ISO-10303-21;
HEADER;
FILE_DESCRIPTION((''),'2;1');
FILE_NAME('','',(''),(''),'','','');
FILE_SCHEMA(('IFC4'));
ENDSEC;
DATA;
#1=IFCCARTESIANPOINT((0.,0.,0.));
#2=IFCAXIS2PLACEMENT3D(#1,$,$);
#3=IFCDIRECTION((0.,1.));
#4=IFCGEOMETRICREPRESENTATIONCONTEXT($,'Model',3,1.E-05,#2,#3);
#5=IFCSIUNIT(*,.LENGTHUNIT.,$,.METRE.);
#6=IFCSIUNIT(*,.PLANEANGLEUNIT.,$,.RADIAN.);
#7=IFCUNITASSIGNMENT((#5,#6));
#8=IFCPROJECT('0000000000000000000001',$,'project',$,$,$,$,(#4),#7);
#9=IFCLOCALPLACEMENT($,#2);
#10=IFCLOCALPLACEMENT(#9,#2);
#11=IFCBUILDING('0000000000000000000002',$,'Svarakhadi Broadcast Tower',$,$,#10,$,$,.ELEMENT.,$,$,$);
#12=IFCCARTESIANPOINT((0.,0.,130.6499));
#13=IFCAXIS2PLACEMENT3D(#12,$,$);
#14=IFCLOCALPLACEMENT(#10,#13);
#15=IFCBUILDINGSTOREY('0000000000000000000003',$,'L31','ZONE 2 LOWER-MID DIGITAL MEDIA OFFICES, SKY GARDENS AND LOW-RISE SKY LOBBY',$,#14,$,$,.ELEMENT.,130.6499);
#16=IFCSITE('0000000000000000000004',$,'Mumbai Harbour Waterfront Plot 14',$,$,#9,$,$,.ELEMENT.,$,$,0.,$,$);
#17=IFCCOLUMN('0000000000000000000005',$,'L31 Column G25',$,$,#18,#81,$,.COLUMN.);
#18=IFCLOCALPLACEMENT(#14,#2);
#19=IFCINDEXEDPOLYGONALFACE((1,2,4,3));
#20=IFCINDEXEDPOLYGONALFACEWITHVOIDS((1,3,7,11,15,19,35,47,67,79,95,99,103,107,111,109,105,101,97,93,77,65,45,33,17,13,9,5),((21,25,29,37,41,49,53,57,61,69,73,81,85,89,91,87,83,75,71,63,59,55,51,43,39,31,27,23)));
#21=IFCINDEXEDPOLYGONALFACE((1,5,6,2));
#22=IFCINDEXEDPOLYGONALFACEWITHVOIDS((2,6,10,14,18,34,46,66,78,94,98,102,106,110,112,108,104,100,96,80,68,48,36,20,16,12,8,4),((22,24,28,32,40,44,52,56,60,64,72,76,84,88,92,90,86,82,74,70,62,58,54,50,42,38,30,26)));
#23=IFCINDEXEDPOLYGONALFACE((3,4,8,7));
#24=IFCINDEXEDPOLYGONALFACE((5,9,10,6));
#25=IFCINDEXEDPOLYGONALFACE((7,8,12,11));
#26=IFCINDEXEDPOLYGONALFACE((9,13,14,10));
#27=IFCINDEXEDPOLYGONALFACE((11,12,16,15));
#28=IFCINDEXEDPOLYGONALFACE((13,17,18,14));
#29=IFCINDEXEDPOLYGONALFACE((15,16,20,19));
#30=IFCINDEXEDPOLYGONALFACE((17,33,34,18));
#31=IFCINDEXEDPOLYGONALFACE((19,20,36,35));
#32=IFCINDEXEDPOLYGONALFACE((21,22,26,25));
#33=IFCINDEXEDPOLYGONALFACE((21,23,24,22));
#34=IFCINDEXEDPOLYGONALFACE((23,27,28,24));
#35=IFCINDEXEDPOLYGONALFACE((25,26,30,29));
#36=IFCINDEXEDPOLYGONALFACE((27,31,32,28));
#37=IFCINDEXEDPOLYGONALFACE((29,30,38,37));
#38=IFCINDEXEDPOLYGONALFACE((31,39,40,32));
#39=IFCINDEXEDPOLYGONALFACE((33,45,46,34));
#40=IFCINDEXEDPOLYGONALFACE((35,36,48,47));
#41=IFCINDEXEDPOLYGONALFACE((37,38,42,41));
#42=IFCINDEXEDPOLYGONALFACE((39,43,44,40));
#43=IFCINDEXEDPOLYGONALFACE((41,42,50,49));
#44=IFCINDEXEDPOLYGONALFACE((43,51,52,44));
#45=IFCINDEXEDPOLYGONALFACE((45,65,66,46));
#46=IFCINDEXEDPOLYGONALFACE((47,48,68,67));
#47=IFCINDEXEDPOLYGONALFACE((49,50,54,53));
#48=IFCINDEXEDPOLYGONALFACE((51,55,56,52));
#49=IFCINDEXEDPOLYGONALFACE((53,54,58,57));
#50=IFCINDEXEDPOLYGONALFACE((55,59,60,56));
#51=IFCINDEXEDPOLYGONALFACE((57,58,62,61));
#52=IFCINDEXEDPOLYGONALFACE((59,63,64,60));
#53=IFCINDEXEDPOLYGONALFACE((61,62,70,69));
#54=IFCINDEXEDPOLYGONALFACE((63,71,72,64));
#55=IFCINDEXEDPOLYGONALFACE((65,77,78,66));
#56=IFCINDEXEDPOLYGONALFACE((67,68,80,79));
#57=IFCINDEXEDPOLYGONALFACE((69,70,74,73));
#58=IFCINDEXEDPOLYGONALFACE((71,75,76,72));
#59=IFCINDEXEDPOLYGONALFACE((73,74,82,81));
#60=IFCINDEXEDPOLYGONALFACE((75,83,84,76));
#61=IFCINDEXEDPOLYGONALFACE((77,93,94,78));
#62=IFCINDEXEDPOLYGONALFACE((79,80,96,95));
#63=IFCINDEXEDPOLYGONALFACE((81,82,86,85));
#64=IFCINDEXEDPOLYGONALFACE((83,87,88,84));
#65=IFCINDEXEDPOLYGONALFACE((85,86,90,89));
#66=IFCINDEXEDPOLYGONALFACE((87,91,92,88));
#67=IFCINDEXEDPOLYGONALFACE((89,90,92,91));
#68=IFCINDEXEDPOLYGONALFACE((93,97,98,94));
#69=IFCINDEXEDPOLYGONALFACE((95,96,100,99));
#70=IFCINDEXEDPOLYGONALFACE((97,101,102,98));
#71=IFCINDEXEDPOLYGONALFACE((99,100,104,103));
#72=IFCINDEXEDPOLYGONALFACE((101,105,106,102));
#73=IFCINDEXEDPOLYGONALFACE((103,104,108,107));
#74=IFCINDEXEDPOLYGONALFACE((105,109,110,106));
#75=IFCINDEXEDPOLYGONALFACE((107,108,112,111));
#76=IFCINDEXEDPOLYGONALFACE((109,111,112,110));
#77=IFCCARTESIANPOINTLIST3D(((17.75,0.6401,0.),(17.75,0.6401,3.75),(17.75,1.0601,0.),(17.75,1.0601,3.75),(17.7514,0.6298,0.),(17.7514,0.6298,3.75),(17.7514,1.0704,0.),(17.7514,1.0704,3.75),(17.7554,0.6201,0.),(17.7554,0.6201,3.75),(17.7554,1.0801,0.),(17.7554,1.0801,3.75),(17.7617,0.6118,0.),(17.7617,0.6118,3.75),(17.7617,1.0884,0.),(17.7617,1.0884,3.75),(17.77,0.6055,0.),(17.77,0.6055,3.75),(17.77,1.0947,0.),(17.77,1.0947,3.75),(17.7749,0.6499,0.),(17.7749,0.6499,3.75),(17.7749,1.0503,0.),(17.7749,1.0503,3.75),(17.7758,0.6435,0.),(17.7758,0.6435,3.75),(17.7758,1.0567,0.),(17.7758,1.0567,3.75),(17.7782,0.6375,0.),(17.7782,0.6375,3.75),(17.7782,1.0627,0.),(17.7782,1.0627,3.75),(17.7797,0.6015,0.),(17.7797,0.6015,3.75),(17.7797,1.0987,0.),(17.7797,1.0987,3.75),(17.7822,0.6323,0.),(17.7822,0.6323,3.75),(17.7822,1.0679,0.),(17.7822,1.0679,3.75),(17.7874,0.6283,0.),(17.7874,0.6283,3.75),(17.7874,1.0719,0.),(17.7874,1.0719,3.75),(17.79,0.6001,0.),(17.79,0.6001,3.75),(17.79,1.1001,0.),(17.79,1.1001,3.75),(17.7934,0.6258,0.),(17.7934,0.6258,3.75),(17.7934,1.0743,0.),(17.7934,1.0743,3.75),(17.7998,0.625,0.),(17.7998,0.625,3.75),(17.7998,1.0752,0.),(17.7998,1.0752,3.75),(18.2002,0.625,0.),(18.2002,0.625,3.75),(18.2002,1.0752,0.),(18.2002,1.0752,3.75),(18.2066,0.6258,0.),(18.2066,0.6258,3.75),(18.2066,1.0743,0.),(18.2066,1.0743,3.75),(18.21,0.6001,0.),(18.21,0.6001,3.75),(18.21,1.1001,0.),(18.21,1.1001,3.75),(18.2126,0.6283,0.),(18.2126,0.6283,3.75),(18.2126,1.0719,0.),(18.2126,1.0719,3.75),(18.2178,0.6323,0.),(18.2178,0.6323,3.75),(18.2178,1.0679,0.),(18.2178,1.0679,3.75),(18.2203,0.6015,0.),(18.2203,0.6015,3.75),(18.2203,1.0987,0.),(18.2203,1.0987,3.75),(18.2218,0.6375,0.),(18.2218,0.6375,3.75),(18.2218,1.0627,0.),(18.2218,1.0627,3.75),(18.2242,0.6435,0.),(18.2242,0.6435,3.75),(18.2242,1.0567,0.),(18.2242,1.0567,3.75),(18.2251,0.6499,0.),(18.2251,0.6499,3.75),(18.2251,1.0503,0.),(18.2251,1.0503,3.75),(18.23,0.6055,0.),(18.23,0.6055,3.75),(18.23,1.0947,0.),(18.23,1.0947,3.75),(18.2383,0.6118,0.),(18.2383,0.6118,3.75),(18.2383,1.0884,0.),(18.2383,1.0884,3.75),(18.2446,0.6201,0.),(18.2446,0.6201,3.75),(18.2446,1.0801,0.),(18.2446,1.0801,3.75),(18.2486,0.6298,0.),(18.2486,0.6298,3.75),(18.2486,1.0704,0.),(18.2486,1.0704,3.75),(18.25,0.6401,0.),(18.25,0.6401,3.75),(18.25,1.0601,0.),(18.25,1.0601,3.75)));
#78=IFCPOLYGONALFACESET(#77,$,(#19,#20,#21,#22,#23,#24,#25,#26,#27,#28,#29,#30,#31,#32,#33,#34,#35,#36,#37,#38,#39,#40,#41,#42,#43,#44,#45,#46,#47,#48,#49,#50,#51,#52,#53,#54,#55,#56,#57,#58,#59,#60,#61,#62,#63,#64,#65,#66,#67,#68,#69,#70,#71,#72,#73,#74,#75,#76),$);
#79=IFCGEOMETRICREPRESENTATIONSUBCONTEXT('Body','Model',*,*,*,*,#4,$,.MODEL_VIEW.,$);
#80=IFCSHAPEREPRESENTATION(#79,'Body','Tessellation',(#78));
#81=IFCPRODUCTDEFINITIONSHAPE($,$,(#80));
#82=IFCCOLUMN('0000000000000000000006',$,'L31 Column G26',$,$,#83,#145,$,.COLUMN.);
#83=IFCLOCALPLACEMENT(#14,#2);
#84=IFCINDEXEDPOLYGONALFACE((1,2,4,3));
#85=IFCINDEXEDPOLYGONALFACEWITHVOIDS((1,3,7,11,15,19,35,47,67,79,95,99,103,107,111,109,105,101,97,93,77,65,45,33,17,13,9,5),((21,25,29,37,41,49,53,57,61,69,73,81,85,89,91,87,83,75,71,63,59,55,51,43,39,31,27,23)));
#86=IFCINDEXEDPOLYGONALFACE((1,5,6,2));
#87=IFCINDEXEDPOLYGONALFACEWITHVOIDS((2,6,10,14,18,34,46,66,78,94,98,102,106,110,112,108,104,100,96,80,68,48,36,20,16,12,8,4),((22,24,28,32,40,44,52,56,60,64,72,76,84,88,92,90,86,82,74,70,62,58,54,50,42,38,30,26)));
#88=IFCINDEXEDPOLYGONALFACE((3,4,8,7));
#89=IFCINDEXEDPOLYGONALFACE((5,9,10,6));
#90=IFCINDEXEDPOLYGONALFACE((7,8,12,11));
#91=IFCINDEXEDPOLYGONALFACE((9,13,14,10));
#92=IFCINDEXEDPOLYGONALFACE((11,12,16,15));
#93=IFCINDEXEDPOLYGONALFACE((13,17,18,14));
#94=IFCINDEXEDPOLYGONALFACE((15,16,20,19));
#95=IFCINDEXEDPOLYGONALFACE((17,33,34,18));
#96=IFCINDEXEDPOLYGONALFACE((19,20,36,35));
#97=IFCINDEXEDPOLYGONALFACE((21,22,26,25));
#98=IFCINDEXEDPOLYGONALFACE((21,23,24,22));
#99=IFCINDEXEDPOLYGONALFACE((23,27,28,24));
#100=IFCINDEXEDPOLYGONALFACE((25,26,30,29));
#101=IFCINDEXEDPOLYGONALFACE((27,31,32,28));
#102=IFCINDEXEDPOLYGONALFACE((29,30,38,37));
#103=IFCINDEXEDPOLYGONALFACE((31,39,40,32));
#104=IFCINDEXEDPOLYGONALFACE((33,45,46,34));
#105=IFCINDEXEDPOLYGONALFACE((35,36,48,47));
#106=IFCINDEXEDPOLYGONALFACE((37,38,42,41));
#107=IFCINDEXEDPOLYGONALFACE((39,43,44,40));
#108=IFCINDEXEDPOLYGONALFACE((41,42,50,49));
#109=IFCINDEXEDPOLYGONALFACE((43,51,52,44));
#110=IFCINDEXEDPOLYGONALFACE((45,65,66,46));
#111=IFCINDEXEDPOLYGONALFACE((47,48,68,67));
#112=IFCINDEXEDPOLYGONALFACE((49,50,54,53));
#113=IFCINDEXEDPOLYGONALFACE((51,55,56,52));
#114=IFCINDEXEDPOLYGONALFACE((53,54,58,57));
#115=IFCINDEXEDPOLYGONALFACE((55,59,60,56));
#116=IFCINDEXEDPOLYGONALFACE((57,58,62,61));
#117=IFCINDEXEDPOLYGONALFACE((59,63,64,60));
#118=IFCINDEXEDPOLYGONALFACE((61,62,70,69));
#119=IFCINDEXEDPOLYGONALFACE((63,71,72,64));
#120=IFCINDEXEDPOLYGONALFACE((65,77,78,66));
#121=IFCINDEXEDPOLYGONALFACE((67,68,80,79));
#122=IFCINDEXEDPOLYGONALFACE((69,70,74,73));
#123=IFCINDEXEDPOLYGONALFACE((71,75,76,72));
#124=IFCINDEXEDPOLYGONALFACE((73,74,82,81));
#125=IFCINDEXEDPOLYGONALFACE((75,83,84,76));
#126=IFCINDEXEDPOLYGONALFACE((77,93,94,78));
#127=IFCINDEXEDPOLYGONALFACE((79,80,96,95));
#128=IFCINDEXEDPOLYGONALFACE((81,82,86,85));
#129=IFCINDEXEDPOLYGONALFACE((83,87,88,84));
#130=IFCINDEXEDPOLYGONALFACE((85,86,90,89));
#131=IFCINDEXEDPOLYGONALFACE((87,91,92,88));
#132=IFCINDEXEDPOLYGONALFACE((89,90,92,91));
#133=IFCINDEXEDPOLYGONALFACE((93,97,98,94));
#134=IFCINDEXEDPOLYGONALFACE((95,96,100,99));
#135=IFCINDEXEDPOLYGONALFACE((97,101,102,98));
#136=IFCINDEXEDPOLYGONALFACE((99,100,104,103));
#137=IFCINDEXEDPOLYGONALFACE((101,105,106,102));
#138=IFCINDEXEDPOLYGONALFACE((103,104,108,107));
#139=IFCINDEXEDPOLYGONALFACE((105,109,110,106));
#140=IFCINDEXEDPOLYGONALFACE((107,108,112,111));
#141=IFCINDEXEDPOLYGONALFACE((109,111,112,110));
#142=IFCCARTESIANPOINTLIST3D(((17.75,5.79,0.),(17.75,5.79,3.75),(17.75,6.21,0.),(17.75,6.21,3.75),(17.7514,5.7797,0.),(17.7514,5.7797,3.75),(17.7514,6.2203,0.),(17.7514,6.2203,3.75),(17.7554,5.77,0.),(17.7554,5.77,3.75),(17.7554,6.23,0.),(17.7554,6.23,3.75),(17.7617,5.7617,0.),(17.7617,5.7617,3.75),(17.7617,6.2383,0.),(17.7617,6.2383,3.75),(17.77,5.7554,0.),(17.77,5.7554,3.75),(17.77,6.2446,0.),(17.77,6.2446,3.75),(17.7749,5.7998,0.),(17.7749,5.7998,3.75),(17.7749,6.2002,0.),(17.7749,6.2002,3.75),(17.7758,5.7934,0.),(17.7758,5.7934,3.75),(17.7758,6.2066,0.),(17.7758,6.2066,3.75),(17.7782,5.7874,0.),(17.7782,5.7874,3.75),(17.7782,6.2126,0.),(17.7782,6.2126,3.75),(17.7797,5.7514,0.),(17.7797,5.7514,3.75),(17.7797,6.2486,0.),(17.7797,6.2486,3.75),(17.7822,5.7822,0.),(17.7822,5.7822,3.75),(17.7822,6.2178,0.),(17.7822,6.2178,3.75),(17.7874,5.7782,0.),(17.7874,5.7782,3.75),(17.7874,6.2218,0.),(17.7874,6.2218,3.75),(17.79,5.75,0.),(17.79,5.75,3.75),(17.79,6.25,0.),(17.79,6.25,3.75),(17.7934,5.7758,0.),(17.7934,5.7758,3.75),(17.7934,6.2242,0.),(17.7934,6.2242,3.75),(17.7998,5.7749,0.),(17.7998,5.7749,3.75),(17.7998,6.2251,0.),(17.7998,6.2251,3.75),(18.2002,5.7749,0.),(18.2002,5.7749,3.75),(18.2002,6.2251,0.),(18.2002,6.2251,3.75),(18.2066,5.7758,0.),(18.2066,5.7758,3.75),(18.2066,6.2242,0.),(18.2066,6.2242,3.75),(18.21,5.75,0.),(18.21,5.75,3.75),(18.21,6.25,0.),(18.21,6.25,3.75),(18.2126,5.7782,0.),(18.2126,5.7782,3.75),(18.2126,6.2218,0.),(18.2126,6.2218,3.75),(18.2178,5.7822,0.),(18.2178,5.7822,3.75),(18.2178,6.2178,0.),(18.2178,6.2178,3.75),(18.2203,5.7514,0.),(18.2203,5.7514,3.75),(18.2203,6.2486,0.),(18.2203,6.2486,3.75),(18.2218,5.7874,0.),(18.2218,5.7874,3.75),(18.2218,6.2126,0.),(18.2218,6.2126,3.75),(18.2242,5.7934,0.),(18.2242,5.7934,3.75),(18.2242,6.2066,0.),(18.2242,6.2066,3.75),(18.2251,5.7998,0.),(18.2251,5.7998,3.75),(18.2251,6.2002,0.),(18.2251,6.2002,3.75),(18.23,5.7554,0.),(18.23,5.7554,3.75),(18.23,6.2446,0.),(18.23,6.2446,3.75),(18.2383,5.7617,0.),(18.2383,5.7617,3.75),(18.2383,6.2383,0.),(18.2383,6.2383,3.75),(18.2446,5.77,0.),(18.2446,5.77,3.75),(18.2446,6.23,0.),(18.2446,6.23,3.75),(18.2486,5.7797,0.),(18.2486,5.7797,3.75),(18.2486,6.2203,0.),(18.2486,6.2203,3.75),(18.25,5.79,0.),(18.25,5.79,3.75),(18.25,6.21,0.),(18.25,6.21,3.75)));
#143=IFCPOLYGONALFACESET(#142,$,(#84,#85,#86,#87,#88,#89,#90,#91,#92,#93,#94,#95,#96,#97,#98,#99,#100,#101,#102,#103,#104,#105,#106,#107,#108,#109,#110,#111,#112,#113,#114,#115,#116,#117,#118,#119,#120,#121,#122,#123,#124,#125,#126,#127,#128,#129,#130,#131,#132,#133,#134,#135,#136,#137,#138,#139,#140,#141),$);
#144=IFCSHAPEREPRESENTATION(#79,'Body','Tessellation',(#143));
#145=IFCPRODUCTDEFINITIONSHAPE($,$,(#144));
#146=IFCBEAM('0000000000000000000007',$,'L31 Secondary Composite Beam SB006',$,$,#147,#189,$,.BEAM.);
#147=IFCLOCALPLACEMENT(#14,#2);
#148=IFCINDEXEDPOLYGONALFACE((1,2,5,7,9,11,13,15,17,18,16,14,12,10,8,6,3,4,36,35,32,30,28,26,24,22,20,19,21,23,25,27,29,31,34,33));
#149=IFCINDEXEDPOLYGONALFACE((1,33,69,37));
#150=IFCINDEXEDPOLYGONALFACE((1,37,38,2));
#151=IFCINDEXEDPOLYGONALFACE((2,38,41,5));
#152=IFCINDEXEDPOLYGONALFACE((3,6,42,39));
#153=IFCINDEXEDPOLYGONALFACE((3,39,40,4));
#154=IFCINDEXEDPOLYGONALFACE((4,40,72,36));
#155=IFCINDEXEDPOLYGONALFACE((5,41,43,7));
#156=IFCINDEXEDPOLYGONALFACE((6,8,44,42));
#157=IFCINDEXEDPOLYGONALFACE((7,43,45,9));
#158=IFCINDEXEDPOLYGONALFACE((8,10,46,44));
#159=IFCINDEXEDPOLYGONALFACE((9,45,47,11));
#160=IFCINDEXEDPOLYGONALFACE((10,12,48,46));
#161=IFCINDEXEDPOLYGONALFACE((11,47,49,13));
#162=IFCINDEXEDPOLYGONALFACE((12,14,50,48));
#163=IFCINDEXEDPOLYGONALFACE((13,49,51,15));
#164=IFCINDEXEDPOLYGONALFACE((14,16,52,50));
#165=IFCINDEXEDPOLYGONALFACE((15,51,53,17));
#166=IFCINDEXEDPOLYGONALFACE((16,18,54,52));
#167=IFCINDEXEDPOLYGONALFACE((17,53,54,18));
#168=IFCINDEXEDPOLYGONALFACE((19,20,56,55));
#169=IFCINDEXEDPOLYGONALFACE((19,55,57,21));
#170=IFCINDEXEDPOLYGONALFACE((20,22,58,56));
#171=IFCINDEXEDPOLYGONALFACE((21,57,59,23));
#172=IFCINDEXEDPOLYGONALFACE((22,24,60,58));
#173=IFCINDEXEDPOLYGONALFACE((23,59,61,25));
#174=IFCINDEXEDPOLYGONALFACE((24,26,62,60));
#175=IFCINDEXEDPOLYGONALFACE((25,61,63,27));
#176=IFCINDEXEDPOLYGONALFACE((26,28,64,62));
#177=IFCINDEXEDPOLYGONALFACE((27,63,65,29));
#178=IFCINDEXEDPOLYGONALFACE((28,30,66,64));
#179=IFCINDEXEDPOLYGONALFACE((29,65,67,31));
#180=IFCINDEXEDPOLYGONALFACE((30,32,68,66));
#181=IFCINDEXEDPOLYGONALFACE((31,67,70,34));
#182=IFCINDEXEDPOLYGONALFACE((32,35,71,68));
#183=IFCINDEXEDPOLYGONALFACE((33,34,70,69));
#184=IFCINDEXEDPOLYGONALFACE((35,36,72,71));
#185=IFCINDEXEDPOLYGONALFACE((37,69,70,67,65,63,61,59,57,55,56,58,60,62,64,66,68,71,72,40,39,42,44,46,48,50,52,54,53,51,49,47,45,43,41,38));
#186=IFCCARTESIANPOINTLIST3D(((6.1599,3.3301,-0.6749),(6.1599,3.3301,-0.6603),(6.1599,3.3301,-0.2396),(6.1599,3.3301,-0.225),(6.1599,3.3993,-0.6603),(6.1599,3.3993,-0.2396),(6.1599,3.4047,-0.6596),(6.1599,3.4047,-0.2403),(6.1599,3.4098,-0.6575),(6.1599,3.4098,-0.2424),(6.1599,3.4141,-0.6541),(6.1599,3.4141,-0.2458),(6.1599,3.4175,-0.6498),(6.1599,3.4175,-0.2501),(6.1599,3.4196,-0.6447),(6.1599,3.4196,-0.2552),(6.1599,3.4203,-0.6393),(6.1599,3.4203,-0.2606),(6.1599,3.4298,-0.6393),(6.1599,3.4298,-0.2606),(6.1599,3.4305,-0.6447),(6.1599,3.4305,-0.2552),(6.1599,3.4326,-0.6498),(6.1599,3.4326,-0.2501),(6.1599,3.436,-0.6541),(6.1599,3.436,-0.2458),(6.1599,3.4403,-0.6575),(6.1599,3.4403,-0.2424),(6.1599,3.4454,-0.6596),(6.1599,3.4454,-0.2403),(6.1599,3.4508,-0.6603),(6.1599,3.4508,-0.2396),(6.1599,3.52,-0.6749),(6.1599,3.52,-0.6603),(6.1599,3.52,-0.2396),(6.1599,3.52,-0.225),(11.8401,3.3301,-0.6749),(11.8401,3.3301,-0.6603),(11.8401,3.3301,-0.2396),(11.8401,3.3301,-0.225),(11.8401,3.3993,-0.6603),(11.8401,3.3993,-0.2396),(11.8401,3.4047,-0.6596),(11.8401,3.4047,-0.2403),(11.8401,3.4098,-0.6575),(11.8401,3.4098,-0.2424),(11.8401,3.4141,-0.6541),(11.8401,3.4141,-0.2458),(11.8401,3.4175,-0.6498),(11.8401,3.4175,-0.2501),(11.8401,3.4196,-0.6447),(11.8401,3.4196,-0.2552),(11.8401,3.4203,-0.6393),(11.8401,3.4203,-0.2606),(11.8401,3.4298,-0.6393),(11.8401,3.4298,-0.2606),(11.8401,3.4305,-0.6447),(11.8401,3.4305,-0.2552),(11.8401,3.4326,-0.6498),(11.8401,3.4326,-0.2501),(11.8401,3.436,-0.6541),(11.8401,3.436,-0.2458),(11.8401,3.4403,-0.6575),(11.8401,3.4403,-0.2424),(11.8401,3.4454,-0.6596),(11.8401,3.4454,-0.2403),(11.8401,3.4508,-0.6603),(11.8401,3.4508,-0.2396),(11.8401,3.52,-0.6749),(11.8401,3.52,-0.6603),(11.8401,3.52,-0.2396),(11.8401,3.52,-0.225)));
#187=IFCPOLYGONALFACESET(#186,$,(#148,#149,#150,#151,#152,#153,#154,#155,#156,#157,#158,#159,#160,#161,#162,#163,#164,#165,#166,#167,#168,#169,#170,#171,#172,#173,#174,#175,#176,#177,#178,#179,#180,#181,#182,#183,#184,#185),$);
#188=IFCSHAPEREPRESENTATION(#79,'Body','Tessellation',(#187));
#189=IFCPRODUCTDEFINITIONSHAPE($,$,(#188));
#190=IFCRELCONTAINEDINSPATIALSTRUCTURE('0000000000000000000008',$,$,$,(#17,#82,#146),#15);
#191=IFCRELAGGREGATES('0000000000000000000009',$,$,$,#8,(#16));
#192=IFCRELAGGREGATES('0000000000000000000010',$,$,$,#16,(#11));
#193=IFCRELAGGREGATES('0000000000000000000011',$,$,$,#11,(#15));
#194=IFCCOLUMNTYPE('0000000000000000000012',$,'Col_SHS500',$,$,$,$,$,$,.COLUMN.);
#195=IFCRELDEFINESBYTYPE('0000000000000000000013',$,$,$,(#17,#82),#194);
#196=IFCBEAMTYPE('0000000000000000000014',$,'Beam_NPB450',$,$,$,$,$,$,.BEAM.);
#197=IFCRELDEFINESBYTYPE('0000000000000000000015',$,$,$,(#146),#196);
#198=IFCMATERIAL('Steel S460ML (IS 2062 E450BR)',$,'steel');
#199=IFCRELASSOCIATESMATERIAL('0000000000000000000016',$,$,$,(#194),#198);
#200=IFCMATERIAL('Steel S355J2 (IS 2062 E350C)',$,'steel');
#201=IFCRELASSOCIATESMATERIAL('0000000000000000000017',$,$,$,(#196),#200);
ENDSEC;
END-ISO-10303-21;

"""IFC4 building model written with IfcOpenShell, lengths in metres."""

from ifc_helpers import new_model, si_unit, direction, frame, origin, origin_2d, place, context, subcontext, project, spatial, hollow_rectangle, i_section, extrude, material, material_profile, profile_set, type_object, element, save


model = new_model("IFC4")

# Units and contexts
model_context = context("Model", 3, precision=1e-05, world=origin(), true_north=direction((0.0, 1.0)))
body_context = subcontext(model_context, "Body", "Model", "MODEL_VIEW")
ifc_project = project(units=[si_unit("LENGTHUNIT", "METRE"), si_unit("PLANEANGLEUNIT", "RADIAN")], contexts=[model_context])

# Site, building, storey
site_placement = place(None, origin())
site = spatial("IfcSite", under=ifc_project, at=site_placement, Name="Mumbai Harbour Waterfront Plot 14", CompositionType="ELEMENT", RefElevation=0.0)
building_placement = place(site_placement, origin())
building = spatial("IfcBuilding", under=site, at=building_placement, Name="Svarakhadi Broadcast Tower", CompositionType="ELEMENT")
storey_placement = place(building_placement, frame((0.0, 0.0, 130.6499)))
storey = spatial("IfcBuildingStorey", under=building, at=storey_placement, Name="L31", Description="ZONE 2 LOWER-MID DIGITAL MEDIA OFFICES, SKY GARDENS AND LOW-RISE SKY LOBBY", CompositionType="ELEMENT", Elevation=130.6499)

# Columns
ifc_material_1 = material(Name="Steel S460ML (IS 2062 E450BR)", Category="steel")
ifc_material_profile_1 = material_profile(ifc_material_1, hollow_rectangle(XDim=0.5, YDim=0.5, WallThickness=0.0249, InnerFilletRadius=0.0249, OuterFilletRadius=0.04, at=origin_2d()), Name="SHS 500x500x25")
ifc_profile_set_1 = profile_set([ifc_material_profile_1], Name="Steel S460ML (IS 2062 E450BR)")
column_type_1 = type_object("IfcColumnType", Name="Col_SHS500", PredefinedType="COLUMN", material=ifc_profile_set_1)
for number, where, z_axis, x_axis, name in (
    (1, (18.0, 0.8501, 0.0), (0.0, 0.0, 1.0), (1.0, 0.0, 0.0), "L31 Column G25"),
    (2, (18.0, 6.0, 0.0), (0.0, 0.0, 1.0), (1.0, 0.0, 0.0), "L31 Column G26"),
):
    element("IfcColumn", number, at=place(storey_placement, frame(where, z_axis=z_axis, x_axis=x_axis)), inside=storey, type_object=column_type_1, Name=name, PredefinedType="COLUMN", context=body_context, shape_type="SweptSolid", body=[
        extrude(hollow_rectangle(XDim=0.5, YDim=0.5, WallThickness=0.0249, InnerFilletRadius=0.0249, OuterFilletRadius=0.04, at=origin_2d()), origin(), (0.0, 0.0, 1.0), 3.75),
    ])

# Beam
ifc_material_2 = material(Name="Steel S355J2 (IS 2062 E350C)", Category="steel")
ifc_material_profile_2 = material_profile(ifc_material_2, i_section(OverallWidth=0.1899, OverallDepth=0.45, WebThickness=0.0095, FlangeThickness=0.0146, FilletRadius=0.021, at=origin_2d()), Name="NPB 450x190x78")
ifc_profile_set_2 = profile_set([ifc_material_profile_2], Name="Steel S355J2 (IS 2062 E350C)")
beam_type_1 = type_object("IfcBeamType", Name="Beam_NPB450", PredefinedType="BEAM", material=ifc_profile_set_2)
for number, where, z_axis, x_axis, name in (
    (3, (6.1599, 3.425, -0.45), (1.0, 0.0, 0.0), (0.0, 1.0, 0.0), "L31 Secondary Composite Beam SB006"),
):
    element("IfcBeam", number, at=place(storey_placement, frame(where, z_axis=z_axis, x_axis=x_axis)), inside=storey, type_object=beam_type_1, Name=name, PredefinedType="BEAM", context=body_context, shape_type="SweptSolid", body=[
        extrude(i_section(OverallWidth=0.1899, OverallDepth=0.45, WebThickness=0.0095, FlangeThickness=0.0146, FilletRadius=0.021, at=origin_2d()), origin(), (0.0, 0.0, 1.0), 5.6802),
    ])

save(model, "model.ifc")
